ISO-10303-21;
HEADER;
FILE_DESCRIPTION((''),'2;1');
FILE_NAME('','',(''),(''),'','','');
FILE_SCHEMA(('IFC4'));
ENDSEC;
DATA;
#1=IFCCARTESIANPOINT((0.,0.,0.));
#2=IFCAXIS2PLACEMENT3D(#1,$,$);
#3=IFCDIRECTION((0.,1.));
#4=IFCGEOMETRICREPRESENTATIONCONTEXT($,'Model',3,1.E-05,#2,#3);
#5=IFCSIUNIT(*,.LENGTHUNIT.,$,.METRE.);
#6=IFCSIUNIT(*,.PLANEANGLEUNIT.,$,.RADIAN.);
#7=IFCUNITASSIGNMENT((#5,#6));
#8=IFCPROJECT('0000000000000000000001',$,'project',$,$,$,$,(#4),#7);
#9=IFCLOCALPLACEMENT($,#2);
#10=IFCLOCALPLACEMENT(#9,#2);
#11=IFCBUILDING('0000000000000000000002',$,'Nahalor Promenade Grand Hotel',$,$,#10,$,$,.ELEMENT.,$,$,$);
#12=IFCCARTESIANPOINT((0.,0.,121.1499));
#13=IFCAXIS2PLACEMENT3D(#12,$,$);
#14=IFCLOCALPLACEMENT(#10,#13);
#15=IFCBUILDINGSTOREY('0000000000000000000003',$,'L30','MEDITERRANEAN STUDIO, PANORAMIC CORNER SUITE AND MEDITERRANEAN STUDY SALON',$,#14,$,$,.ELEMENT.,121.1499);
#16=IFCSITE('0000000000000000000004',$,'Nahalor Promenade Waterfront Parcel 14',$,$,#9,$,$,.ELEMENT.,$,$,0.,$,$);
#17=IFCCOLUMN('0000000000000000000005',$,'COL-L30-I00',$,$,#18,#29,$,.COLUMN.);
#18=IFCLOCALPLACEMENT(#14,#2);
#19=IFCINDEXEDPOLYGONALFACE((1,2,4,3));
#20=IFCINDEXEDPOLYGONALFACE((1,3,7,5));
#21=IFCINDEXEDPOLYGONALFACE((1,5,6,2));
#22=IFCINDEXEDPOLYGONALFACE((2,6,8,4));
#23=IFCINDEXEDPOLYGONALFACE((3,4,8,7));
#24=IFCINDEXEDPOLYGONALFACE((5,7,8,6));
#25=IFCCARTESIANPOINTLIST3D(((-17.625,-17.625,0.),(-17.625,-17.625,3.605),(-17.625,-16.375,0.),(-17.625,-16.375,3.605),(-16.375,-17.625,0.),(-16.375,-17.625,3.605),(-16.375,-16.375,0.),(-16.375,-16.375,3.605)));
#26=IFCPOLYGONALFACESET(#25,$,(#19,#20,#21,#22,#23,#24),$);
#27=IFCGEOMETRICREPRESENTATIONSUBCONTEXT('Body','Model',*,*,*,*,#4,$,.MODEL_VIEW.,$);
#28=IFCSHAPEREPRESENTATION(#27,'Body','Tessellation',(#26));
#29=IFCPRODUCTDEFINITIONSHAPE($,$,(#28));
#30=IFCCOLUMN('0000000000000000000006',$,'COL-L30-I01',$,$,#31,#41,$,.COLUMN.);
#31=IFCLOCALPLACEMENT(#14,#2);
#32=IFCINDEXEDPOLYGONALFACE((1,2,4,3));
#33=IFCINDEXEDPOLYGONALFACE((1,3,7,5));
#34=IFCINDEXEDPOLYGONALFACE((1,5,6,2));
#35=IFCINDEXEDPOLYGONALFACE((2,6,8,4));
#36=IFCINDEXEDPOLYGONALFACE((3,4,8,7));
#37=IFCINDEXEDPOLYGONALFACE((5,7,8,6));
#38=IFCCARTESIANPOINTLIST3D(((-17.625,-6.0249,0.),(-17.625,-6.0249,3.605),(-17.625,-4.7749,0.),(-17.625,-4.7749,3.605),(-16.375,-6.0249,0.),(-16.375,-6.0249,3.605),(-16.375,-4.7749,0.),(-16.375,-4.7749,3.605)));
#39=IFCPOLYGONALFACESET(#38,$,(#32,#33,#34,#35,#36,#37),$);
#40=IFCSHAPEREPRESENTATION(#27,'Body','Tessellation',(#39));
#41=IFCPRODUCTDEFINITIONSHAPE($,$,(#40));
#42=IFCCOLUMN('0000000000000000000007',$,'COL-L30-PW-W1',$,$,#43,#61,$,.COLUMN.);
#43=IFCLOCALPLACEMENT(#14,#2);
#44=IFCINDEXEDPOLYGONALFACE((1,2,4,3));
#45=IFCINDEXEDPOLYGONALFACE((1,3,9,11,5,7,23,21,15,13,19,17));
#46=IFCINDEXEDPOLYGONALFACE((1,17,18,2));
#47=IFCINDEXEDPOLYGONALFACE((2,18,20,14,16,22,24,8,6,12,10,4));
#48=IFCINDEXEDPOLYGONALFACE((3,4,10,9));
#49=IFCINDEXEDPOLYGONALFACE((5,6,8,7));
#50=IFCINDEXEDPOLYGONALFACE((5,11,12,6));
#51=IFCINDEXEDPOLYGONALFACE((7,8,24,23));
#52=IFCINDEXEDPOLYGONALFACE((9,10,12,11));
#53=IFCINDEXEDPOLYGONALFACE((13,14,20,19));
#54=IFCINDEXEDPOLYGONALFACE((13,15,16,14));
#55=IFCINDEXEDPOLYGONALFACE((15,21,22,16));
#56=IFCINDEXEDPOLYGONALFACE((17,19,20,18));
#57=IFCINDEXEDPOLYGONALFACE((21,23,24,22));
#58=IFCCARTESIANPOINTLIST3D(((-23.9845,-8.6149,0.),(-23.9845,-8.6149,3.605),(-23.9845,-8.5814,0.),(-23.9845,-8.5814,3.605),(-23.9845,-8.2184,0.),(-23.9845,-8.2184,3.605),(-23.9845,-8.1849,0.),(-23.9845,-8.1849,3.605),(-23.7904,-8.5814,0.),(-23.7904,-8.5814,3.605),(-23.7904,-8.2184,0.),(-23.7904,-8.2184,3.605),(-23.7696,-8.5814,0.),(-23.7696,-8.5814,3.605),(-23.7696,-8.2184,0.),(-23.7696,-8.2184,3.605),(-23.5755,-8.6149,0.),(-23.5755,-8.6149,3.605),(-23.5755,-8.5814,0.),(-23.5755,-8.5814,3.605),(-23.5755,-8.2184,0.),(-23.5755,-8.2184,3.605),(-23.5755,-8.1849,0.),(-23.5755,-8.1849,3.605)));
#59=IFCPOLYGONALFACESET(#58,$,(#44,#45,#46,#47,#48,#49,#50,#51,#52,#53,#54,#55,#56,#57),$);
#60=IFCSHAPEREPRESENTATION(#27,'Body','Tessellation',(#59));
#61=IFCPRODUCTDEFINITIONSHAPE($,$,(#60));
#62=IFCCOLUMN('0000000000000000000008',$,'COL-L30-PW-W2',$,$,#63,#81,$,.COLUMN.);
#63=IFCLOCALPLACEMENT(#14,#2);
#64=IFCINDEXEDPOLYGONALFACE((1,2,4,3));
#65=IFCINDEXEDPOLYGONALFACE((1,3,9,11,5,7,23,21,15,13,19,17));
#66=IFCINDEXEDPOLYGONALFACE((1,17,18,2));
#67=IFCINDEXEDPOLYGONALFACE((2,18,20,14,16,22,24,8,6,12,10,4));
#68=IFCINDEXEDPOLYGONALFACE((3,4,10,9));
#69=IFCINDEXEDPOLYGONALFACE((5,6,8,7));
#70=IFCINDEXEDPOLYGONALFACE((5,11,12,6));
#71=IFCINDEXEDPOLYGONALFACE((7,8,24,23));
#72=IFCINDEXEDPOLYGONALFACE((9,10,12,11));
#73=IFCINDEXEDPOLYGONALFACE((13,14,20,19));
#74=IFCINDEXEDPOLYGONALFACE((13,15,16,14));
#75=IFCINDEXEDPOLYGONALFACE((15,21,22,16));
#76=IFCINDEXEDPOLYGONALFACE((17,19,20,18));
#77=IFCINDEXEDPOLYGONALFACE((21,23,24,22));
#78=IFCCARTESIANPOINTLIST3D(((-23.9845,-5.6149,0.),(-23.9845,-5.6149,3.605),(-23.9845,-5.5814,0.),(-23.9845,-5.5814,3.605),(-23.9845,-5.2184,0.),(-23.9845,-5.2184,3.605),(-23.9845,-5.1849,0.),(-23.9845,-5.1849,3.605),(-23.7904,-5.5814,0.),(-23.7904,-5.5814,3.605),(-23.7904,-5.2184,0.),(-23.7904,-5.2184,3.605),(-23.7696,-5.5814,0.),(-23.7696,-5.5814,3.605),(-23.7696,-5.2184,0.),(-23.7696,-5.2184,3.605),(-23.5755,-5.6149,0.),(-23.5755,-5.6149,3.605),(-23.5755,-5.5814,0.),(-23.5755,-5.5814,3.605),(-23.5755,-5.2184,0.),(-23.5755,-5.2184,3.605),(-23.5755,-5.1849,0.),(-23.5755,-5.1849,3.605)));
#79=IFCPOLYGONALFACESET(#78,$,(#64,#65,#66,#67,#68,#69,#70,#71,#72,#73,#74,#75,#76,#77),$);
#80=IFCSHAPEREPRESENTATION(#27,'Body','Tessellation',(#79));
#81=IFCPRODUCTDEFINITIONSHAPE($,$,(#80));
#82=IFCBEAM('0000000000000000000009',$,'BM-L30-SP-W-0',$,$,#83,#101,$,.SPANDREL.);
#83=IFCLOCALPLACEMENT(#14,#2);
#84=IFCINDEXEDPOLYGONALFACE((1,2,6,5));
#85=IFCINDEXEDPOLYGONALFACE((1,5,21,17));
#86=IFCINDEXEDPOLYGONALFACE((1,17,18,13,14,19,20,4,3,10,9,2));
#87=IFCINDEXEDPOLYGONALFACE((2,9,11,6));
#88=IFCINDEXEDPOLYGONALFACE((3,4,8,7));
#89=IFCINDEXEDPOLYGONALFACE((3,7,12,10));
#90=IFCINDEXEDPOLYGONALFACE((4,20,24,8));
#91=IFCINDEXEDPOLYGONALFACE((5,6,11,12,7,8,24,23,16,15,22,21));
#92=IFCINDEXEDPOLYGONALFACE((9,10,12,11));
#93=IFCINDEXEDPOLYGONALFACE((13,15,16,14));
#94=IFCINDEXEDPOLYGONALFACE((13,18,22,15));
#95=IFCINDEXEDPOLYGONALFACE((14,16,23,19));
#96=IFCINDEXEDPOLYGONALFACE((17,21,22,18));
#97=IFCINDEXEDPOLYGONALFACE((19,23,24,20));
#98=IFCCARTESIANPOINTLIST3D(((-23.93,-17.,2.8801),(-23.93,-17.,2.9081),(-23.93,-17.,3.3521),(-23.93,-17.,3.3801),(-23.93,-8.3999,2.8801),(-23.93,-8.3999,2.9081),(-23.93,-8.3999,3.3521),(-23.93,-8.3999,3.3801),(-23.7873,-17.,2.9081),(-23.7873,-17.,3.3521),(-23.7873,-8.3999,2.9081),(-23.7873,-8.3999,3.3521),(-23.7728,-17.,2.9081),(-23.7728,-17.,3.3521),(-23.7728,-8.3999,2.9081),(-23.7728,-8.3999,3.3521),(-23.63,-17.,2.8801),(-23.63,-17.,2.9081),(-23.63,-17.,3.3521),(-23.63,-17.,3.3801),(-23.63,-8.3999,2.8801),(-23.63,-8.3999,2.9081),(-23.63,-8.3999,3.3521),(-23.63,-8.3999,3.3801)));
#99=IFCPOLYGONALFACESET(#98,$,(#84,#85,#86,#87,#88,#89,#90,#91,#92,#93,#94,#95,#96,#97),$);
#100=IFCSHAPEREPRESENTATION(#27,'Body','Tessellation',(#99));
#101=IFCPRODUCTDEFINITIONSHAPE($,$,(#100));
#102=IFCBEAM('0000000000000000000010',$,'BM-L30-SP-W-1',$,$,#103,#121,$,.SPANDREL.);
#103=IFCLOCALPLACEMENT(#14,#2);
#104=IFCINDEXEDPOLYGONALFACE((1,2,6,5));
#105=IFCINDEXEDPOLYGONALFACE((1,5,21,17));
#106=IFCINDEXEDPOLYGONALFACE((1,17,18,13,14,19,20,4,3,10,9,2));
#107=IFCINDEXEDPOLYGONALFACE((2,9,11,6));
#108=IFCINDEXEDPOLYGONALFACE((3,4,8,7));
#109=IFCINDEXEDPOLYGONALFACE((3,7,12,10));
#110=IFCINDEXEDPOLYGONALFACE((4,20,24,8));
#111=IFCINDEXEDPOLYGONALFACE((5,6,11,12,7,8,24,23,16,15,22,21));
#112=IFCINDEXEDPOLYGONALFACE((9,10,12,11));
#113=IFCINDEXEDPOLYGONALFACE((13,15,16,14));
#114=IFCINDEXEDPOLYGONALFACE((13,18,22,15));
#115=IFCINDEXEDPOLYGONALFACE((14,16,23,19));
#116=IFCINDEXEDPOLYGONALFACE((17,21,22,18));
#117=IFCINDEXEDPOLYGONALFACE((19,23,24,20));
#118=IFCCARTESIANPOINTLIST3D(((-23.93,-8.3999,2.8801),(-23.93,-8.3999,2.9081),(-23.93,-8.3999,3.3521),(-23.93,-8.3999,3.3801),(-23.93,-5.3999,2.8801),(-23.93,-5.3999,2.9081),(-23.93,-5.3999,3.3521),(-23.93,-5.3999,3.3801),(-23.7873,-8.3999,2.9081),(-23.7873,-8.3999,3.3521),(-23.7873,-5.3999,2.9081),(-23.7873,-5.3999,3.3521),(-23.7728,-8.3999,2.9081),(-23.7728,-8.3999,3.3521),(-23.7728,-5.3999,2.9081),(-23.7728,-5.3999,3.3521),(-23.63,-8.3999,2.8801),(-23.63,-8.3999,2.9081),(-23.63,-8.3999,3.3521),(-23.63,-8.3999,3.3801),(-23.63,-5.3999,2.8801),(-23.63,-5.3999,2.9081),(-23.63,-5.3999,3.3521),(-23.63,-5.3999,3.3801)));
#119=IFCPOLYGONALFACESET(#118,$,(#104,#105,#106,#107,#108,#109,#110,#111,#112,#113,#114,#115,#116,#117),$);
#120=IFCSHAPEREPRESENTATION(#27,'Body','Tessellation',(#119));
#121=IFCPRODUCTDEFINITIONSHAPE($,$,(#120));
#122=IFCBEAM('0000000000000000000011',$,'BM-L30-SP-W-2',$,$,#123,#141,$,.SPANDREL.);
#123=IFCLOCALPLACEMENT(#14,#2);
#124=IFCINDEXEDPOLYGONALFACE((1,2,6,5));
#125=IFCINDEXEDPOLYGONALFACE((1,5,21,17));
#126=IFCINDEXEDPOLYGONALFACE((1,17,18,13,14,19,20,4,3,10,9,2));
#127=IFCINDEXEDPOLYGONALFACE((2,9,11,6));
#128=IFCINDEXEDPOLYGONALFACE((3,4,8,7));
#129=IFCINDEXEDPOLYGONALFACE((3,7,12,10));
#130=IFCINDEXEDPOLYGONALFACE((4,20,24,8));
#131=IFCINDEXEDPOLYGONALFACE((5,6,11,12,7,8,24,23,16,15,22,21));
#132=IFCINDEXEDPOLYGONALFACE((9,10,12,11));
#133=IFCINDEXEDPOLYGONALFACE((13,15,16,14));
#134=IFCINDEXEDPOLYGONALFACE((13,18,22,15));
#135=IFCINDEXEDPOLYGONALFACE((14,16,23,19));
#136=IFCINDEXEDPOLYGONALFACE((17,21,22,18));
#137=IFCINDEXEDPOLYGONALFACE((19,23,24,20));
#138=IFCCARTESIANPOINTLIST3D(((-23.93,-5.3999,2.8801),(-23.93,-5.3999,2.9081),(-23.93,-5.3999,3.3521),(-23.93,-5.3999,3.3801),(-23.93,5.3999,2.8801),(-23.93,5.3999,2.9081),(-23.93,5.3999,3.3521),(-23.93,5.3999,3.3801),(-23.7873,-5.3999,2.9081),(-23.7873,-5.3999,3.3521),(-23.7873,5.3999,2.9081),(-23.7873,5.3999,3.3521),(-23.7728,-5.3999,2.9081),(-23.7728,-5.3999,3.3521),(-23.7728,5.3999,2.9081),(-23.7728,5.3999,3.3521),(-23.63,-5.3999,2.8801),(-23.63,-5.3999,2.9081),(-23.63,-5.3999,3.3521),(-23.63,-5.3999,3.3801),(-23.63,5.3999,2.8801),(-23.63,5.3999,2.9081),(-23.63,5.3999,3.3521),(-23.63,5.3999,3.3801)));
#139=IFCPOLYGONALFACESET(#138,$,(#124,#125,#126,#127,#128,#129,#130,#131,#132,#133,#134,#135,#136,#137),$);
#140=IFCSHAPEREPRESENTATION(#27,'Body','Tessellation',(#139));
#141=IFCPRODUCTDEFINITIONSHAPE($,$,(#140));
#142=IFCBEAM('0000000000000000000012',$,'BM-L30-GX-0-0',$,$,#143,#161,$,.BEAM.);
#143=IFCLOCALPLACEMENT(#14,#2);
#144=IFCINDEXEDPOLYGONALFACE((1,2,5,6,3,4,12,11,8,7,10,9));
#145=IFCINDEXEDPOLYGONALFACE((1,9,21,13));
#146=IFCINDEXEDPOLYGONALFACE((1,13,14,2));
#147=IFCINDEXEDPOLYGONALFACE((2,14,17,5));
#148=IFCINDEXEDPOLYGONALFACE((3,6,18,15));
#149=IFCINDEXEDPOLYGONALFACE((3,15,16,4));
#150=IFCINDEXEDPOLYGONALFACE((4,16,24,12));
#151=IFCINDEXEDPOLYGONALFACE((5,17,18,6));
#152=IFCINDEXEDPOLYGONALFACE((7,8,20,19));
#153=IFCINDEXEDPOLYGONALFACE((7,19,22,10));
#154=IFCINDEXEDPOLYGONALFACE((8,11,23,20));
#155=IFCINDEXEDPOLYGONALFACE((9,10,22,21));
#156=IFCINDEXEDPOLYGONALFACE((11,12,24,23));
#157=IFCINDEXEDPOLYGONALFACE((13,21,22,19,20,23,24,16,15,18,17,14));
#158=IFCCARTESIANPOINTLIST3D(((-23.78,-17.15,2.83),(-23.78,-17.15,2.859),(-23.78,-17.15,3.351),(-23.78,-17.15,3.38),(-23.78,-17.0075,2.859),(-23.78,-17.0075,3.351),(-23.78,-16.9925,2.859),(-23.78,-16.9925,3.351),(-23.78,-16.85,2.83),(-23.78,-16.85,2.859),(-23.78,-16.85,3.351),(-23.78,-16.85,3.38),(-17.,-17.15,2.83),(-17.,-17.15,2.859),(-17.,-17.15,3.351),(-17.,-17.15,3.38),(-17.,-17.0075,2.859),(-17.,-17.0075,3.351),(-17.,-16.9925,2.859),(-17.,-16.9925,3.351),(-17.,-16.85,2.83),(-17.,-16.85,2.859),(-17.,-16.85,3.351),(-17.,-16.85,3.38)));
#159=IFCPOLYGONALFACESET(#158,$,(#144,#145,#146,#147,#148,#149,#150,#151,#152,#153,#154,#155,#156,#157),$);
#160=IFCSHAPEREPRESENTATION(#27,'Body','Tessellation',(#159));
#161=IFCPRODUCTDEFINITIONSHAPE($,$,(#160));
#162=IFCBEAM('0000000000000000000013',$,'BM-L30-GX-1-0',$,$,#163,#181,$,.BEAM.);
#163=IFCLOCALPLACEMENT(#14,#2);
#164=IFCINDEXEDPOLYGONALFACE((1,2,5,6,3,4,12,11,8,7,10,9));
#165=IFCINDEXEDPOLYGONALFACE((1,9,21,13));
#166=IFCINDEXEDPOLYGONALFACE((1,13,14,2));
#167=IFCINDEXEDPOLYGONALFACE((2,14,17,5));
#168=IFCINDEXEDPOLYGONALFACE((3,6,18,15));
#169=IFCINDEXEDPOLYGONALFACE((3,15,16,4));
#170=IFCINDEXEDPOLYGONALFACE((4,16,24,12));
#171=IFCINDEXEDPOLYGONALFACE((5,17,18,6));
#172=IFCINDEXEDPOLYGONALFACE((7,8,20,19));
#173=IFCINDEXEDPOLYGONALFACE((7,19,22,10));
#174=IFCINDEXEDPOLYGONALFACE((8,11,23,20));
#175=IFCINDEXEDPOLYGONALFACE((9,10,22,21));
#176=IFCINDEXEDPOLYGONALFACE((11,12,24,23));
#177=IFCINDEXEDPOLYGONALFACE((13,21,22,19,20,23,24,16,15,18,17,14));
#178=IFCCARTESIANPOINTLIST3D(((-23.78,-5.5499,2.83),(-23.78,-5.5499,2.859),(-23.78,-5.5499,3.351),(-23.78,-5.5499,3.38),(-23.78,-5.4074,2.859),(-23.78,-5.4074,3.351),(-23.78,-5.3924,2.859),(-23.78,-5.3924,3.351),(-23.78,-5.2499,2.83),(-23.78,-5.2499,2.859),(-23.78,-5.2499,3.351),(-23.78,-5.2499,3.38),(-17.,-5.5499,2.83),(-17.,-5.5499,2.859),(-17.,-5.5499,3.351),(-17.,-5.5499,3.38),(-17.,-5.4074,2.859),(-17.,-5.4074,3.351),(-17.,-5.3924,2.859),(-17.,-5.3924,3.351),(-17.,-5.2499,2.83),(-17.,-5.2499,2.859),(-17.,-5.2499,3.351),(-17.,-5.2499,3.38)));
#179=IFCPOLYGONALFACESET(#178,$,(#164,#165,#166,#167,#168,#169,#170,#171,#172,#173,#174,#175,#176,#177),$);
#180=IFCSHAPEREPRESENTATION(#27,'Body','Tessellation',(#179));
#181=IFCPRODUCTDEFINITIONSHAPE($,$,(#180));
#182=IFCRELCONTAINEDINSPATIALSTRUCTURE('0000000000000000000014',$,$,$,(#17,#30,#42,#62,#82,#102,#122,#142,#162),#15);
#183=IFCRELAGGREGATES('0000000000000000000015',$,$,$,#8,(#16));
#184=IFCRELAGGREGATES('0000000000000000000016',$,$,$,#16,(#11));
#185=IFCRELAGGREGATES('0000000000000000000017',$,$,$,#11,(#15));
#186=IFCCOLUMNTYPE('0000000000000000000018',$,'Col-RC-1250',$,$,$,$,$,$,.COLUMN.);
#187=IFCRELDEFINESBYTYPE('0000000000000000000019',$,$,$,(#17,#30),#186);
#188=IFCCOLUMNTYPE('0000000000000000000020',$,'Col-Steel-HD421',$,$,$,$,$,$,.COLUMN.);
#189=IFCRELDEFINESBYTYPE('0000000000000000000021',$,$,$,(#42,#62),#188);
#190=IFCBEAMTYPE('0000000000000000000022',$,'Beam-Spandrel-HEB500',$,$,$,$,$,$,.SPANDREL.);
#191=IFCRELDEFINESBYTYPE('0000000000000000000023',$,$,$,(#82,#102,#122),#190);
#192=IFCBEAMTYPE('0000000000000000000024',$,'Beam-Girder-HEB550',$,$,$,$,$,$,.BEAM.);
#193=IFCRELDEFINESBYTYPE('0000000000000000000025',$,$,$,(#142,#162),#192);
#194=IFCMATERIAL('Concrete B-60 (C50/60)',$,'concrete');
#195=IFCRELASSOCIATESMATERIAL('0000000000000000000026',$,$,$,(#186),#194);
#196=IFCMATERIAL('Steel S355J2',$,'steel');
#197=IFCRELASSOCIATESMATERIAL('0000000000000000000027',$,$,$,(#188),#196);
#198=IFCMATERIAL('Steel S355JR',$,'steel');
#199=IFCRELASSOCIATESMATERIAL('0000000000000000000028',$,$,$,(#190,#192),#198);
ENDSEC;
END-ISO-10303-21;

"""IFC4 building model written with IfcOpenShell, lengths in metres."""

from ifc_helpers import new_model, si_unit, direction, frame, origin, origin_2d, place, context, subcontext, project, spatial, rectangle, i_section, extrude, source, transform, mapped, material, material_profile, profile_set, type_object, element, save


model = new_model("IFC4")

# Units and contexts
model_context = context("Model", 3, precision=1e-05, world=origin(), true_north=direction((0.0, 1.0)))
body_context = subcontext(model_context, "Body", "Model", "MODEL_VIEW")
ifc_project = project(units=[si_unit("LENGTHUNIT", "METRE"), si_unit("PLANEANGLEUNIT", "RADIAN")], contexts=[model_context])

# Site, building, storey
site_placement = place(None, origin())
site = spatial("IfcSite", under=ifc_project, at=site_placement, Name="Nahalor Promenade Waterfront Parcel 14", CompositionType="ELEMENT", RefElevation=0.0)
building_placement = place(site_placement, origin())
building = spatial("IfcBuilding", under=site, at=building_placement, Name="Nahalor Promenade Grand Hotel", CompositionType="ELEMENT")
storey_placement = place(building_placement, frame((0.0, 0.0, 121.1499)))
storey = spatial("IfcBuildingStorey", under=building, at=storey_placement, Name="L30", Description="MEDITERRANEAN STUDIO, PANORAMIC CORNER SUITE AND MEDITERRANEAN STUDY SALON", CompositionType="ELEMENT", Elevation=121.1499)

# Columns
ifc_material_1 = material(Name="Concrete B-60 (C50/60)", Category="concrete")
ifc_material_profile_1 = material_profile(ifc_material_1, rectangle(XDim=1.25, YDim=1.25, at=origin_2d()), Name="RC 1250x1250")
ifc_profile_set_1 = profile_set([ifc_material_profile_1], Name="Concrete B-60 (C50/60)")
column_type_1 = type_object("IfcColumnType", Name="Col-RC-1250", PredefinedType="COLUMN", material=ifc_profile_set_1)
shared_shape_1 = source(origin(), body_context, "Body", "SweptSolid", [
    extrude(rectangle(XDim=1.25, YDim=1.25, at=origin_2d()), origin(), (0.0, 0.0, 1.0), 3.605),
])
for number, where, z_axis, x_axis, name in (
    (1, (-17.0, -17.0, 0.0), (0.0, 0.0, 1.0), (1.0, 0.0, 0.0), "COL-L30-I00"),
    (2, (-17.0, -5.3999, 0.0), (0.0, 0.0, 1.0), (1.0, 0.0, 0.0), "COL-L30-I01"),
):
    element("IfcColumn", number, at=place(storey_placement, frame(where, z_axis=z_axis, x_axis=x_axis)), inside=storey, type_object=column_type_1, Name=name, PredefinedType="COLUMN", context=body_context, shape_type="MappedRepresentation", body=[
        mapped(shared_shape_1, transform((0.0, 0.0, 0.0), scale=1.0)),
    ])
ifc_material_2 = material(Name="Steel S355J2", Category="steel")
ifc_material_profile_2 = material_profile(ifc_material_2, i_section(OverallWidth=0.409, OverallDepth=0.43, WebThickness=0.0208, FlangeThickness=0.0335, at=origin_2d()), Name="HD 400x421")
ifc_profile_set_2 = profile_set([ifc_material_profile_2], Name="Steel S355J2")
column_type_2 = type_object("IfcColumnType", Name="Col-Steel-HD421", PredefinedType="COLUMN", material=ifc_profile_set_2)
shared_shape_2 = source(origin(), body_context, "Body", "SweptSolid", [
    extrude(i_section(OverallWidth=0.409, OverallDepth=0.43, WebThickness=0.0208, FlangeThickness=0.0335, at=origin_2d()), origin(), (0.0, 0.0, 1.0), 3.605),
])
for number, where, z_axis, x_axis, name in (
    (3, (-23.78, -8.3999, 0.0), (0.0, 0.0, 1.0), (1.0, 0.0, 0.0), "COL-L30-PW-W1"),
    (4, (-23.78, -5.3999, 0.0), (0.0, 0.0, 1.0), (1.0, 0.0, 0.0), "COL-L30-PW-W2"),
):
    element("IfcColumn", number, at=place(storey_placement, frame(where, z_axis=z_axis, x_axis=x_axis)), inside=storey, type_object=column_type_2, Name=name, PredefinedType="COLUMN", context=body_context, shape_type="MappedRepresentation", body=[
        mapped(shared_shape_2, transform((0.0, 0.0, 0.0), scale=1.0)),
    ])

# Beams
ifc_material_3 = material(Name="Steel S355JR", Category="steel")
ifc_material_profile_3 = material_profile(ifc_material_3, i_section(OverallWidth=0.3, OverallDepth=0.5, WebThickness=0.0145, FlangeThickness=0.028, at=origin_2d()), Name="HEB 500")
ifc_profile_set_3 = profile_set([ifc_material_profile_3], Name="Steel S355JR")
beam_type_1 = type_object("IfcBeamType", Name="Beam-Spandrel-HEB500", PredefinedType="SPANDREL", material=ifc_profile_set_3)
shared_shape_3 = source(origin(), body_context, "Body", "SweptSolid", [
    extrude(i_section(OverallWidth=0.3, OverallDepth=0.5, WebThickness=0.0145, FlangeThickness=0.028, at=origin_2d()), origin(), (0.0, 0.0, 1.0), 8.6001),
])
beam_1_placement = place(storey_placement, frame((-23.78, -17.0, 3.1301), z_axis=(0.0, 1.0, 0.0), x_axis=(-1.0, 0.0, 0.0)))
element("IfcBeam", 5, at=beam_1_placement, inside=storey, type_object=beam_type_1, Name="BM-L30-SP-W-0", PredefinedType="SPANDREL", context=body_context, shape_type="MappedRepresentation", body=[
    mapped(shared_shape_3, transform((0.0, 0.0, 0.0), scale=1.0)),
])
shared_shape_4 = source(origin(), body_context, "Body", "SweptSolid", [
    extrude(i_section(OverallWidth=0.3, OverallDepth=0.5, WebThickness=0.0145, FlangeThickness=0.028, at=origin_2d()), origin(), (0.0, 0.0, 1.0), 3.0),
])
beam_2_placement = place(storey_placement, frame((-23.78, -8.3999, 3.1301), z_axis=(0.0, 1.0, 0.0), x_axis=(-1.0, 0.0, 0.0)))
element("IfcBeam", 6, at=beam_2_placement, inside=storey, type_object=beam_type_1, Name="BM-L30-SP-W-1", PredefinedType="SPANDREL", context=body_context, shape_type="MappedRepresentation", body=[
    mapped(shared_shape_4, transform((0.0, 0.0, 0.0), scale=1.0)),
])
shared_shape_5 = source(origin(), body_context, "Body", "SweptSolid", [
    extrude(i_section(OverallWidth=0.3, OverallDepth=0.5, WebThickness=0.0145, FlangeThickness=0.028, at=origin_2d()), origin(), (0.0, 0.0, 1.0), 10.7998),
])
beam_3_placement = place(storey_placement, frame((-23.78, -5.3999, 3.1301), z_axis=(0.0, 1.0, 0.0), x_axis=(-1.0, 0.0, 0.0)))
element("IfcBeam", 7, at=beam_3_placement, inside=storey, type_object=beam_type_1, Name="BM-L30-SP-W-2", PredefinedType="SPANDREL", context=body_context, shape_type="MappedRepresentation", body=[
    mapped(shared_shape_5, transform((0.0, 0.0, 0.0), scale=1.0)),
])
ifc_material_profile_4 = material_profile(ifc_material_3, i_section(OverallWidth=0.3, OverallDepth=0.55, WebThickness=0.015, FlangeThickness=0.029, at=origin_2d()), Name="HEB 550")
ifc_profile_set_4 = profile_set([ifc_material_profile_4], Name="Steel S355JR")
beam_type_2 = type_object("IfcBeamType", Name="Beam-Girder-HEB550", PredefinedType="BEAM", material=ifc_profile_set_4)
shared_shape_6 = source(origin(), body_context, "Body", "SweptSolid", [
    extrude(i_section(OverallWidth=0.3, OverallDepth=0.55, WebThickness=0.015, FlangeThickness=0.029, at=origin_2d()), origin(), (0.0, 0.0, 1.0), 6.78),
])
for number, where, z_axis, x_axis, name in (
    (8, (-23.78, -17.0, 3.105), (1.0, 0.0, 0.0), (0.0, 1.0, 0.0), "BM-L30-GX-0-0"),
    (9, (-23.78, -5.3999, 3.105), (1.0, 0.0, 0.0), (0.0, 1.0, 0.0), "BM-L30-GX-1-0"),
):
    element("IfcBeam", number, at=place(storey_placement, frame(where, z_axis=z_axis, x_axis=x_axis)), inside=storey, type_object=beam_type_2, Name=name, PredefinedType="BEAM", context=body_context, shape_type="MappedRepresentation", body=[
        mapped(shared_shape_6, transform((0.0, 0.0, 0.0), scale=1.0)),
    ])

save(model, "model.ifc")
